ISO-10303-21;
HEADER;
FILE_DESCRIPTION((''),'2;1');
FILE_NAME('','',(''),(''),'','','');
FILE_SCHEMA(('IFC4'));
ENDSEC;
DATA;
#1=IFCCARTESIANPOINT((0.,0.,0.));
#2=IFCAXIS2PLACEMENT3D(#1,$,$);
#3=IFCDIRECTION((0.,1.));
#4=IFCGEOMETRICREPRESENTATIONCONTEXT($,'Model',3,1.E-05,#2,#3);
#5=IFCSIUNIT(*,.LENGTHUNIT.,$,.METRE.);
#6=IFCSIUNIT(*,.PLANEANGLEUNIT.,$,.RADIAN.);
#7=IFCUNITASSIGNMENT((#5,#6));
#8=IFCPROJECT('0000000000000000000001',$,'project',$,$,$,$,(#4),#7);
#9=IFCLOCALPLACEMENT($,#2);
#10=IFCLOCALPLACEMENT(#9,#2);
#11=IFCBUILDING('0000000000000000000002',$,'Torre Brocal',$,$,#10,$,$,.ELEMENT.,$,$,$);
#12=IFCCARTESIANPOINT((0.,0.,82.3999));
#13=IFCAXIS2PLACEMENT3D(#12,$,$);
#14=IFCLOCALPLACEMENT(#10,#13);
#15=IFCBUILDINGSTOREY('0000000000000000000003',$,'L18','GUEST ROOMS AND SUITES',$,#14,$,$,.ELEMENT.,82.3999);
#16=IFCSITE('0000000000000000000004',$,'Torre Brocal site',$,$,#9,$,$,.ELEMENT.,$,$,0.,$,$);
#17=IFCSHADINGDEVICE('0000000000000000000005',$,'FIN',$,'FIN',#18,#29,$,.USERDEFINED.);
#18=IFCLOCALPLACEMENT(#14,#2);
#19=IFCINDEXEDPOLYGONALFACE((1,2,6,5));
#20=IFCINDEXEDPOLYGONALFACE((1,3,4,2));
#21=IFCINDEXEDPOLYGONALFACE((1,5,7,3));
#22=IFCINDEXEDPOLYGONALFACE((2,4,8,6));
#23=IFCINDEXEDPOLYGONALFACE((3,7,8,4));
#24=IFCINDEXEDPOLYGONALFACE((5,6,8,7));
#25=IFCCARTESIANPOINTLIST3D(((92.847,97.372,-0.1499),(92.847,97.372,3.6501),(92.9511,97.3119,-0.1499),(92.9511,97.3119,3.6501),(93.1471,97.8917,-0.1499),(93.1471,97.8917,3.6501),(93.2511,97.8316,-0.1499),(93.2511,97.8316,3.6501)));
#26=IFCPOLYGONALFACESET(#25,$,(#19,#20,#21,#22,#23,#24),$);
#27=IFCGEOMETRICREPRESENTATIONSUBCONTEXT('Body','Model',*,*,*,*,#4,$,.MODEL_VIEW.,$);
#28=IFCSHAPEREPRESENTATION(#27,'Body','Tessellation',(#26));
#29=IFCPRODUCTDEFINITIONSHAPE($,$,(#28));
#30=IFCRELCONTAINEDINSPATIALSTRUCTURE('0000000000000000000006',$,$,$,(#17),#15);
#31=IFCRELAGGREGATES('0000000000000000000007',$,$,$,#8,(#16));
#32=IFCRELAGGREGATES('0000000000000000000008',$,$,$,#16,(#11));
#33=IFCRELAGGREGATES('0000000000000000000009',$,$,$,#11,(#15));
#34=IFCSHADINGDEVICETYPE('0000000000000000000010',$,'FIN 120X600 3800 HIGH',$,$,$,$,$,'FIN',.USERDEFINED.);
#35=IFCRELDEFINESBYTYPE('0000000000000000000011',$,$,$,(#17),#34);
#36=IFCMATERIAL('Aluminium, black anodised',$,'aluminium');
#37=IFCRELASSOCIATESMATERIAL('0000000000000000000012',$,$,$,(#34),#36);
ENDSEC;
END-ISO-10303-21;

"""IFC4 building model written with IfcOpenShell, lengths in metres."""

from ifc_helpers import new_model, si_unit, direction, frame, origin, origin_2d, place, context, subcontext, project, spatial, rectangle, extrude, material, material_profile, profile_set, type_object, element, save


model = new_model("IFC4")

# Units and contexts
model_context = context("Model", 3, precision=1e-05, world=origin(), true_north=direction((0.0, 1.0)))
body_context = subcontext(model_context, "Body", "Model", "MODEL_VIEW")
ifc_project = project(units=[si_unit("LENGTHUNIT", "METRE"), si_unit("PLANEANGLEUNIT", "RADIAN")], contexts=[model_context])

# Site, building, storey
site_placement = place(None, origin())
site = spatial("IfcSite", under=ifc_project, at=site_placement, Name="Torre Brocal site", CompositionType="ELEMENT", RefElevation=0.0)
building_placement = place(site_placement, origin())
building = spatial("IfcBuilding", under=site, at=building_placement, Name="Torre Brocal", CompositionType="ELEMENT")
storey_placement = place(building_placement, frame((0.0, 0.0, 82.3999)))
storey = spatial("IfcBuildingStorey", under=building, at=storey_placement, Name="L18", Description="GUEST ROOMS AND SUITES", CompositionType="ELEMENT", Elevation=82.3999)

# Shading device
ifc_material_1 = material(Name="Aluminium, black anodised", Category="aluminium")
ifc_material_profile_1 = material_profile(ifc_material_1, rectangle(XDim=0.1201, YDim=0.6001, at=origin_2d()), Name="FIN 120X600 3800 HIGH")
ifc_profile_set_1 = profile_set([ifc_material_profile_1], Name="Aluminium, black anodised")
shading_device_type = type_object("IfcShadingDeviceType", Name="FIN 120X600 3800 HIGH", ElementType="FIN", PredefinedType="USERDEFINED", material=ifc_profile_set_1)
for number, where, z_axis, x_axis, name in (
    (1, (93.0491, 97.6018, -0.1499), (0.0, 0.0, 1.0), (-0.866025, 0.5, 0.0), "FIN"),
):
    element("IfcShadingDevice", number, at=place(storey_placement, frame(where, z_axis=z_axis, x_axis=x_axis)), inside=storey, type_object=shading_device_type, Name=name, ObjectType="FIN", PredefinedType="USERDEFINED", context=body_context, shape_type="SweptSolid", body=[
        extrude(rectangle(XDim=0.1201, YDim=0.6001, at=origin_2d()), origin(), (0.0, 0.0, 1.0), 3.8),
    ])

save(model, "model.ifc")
